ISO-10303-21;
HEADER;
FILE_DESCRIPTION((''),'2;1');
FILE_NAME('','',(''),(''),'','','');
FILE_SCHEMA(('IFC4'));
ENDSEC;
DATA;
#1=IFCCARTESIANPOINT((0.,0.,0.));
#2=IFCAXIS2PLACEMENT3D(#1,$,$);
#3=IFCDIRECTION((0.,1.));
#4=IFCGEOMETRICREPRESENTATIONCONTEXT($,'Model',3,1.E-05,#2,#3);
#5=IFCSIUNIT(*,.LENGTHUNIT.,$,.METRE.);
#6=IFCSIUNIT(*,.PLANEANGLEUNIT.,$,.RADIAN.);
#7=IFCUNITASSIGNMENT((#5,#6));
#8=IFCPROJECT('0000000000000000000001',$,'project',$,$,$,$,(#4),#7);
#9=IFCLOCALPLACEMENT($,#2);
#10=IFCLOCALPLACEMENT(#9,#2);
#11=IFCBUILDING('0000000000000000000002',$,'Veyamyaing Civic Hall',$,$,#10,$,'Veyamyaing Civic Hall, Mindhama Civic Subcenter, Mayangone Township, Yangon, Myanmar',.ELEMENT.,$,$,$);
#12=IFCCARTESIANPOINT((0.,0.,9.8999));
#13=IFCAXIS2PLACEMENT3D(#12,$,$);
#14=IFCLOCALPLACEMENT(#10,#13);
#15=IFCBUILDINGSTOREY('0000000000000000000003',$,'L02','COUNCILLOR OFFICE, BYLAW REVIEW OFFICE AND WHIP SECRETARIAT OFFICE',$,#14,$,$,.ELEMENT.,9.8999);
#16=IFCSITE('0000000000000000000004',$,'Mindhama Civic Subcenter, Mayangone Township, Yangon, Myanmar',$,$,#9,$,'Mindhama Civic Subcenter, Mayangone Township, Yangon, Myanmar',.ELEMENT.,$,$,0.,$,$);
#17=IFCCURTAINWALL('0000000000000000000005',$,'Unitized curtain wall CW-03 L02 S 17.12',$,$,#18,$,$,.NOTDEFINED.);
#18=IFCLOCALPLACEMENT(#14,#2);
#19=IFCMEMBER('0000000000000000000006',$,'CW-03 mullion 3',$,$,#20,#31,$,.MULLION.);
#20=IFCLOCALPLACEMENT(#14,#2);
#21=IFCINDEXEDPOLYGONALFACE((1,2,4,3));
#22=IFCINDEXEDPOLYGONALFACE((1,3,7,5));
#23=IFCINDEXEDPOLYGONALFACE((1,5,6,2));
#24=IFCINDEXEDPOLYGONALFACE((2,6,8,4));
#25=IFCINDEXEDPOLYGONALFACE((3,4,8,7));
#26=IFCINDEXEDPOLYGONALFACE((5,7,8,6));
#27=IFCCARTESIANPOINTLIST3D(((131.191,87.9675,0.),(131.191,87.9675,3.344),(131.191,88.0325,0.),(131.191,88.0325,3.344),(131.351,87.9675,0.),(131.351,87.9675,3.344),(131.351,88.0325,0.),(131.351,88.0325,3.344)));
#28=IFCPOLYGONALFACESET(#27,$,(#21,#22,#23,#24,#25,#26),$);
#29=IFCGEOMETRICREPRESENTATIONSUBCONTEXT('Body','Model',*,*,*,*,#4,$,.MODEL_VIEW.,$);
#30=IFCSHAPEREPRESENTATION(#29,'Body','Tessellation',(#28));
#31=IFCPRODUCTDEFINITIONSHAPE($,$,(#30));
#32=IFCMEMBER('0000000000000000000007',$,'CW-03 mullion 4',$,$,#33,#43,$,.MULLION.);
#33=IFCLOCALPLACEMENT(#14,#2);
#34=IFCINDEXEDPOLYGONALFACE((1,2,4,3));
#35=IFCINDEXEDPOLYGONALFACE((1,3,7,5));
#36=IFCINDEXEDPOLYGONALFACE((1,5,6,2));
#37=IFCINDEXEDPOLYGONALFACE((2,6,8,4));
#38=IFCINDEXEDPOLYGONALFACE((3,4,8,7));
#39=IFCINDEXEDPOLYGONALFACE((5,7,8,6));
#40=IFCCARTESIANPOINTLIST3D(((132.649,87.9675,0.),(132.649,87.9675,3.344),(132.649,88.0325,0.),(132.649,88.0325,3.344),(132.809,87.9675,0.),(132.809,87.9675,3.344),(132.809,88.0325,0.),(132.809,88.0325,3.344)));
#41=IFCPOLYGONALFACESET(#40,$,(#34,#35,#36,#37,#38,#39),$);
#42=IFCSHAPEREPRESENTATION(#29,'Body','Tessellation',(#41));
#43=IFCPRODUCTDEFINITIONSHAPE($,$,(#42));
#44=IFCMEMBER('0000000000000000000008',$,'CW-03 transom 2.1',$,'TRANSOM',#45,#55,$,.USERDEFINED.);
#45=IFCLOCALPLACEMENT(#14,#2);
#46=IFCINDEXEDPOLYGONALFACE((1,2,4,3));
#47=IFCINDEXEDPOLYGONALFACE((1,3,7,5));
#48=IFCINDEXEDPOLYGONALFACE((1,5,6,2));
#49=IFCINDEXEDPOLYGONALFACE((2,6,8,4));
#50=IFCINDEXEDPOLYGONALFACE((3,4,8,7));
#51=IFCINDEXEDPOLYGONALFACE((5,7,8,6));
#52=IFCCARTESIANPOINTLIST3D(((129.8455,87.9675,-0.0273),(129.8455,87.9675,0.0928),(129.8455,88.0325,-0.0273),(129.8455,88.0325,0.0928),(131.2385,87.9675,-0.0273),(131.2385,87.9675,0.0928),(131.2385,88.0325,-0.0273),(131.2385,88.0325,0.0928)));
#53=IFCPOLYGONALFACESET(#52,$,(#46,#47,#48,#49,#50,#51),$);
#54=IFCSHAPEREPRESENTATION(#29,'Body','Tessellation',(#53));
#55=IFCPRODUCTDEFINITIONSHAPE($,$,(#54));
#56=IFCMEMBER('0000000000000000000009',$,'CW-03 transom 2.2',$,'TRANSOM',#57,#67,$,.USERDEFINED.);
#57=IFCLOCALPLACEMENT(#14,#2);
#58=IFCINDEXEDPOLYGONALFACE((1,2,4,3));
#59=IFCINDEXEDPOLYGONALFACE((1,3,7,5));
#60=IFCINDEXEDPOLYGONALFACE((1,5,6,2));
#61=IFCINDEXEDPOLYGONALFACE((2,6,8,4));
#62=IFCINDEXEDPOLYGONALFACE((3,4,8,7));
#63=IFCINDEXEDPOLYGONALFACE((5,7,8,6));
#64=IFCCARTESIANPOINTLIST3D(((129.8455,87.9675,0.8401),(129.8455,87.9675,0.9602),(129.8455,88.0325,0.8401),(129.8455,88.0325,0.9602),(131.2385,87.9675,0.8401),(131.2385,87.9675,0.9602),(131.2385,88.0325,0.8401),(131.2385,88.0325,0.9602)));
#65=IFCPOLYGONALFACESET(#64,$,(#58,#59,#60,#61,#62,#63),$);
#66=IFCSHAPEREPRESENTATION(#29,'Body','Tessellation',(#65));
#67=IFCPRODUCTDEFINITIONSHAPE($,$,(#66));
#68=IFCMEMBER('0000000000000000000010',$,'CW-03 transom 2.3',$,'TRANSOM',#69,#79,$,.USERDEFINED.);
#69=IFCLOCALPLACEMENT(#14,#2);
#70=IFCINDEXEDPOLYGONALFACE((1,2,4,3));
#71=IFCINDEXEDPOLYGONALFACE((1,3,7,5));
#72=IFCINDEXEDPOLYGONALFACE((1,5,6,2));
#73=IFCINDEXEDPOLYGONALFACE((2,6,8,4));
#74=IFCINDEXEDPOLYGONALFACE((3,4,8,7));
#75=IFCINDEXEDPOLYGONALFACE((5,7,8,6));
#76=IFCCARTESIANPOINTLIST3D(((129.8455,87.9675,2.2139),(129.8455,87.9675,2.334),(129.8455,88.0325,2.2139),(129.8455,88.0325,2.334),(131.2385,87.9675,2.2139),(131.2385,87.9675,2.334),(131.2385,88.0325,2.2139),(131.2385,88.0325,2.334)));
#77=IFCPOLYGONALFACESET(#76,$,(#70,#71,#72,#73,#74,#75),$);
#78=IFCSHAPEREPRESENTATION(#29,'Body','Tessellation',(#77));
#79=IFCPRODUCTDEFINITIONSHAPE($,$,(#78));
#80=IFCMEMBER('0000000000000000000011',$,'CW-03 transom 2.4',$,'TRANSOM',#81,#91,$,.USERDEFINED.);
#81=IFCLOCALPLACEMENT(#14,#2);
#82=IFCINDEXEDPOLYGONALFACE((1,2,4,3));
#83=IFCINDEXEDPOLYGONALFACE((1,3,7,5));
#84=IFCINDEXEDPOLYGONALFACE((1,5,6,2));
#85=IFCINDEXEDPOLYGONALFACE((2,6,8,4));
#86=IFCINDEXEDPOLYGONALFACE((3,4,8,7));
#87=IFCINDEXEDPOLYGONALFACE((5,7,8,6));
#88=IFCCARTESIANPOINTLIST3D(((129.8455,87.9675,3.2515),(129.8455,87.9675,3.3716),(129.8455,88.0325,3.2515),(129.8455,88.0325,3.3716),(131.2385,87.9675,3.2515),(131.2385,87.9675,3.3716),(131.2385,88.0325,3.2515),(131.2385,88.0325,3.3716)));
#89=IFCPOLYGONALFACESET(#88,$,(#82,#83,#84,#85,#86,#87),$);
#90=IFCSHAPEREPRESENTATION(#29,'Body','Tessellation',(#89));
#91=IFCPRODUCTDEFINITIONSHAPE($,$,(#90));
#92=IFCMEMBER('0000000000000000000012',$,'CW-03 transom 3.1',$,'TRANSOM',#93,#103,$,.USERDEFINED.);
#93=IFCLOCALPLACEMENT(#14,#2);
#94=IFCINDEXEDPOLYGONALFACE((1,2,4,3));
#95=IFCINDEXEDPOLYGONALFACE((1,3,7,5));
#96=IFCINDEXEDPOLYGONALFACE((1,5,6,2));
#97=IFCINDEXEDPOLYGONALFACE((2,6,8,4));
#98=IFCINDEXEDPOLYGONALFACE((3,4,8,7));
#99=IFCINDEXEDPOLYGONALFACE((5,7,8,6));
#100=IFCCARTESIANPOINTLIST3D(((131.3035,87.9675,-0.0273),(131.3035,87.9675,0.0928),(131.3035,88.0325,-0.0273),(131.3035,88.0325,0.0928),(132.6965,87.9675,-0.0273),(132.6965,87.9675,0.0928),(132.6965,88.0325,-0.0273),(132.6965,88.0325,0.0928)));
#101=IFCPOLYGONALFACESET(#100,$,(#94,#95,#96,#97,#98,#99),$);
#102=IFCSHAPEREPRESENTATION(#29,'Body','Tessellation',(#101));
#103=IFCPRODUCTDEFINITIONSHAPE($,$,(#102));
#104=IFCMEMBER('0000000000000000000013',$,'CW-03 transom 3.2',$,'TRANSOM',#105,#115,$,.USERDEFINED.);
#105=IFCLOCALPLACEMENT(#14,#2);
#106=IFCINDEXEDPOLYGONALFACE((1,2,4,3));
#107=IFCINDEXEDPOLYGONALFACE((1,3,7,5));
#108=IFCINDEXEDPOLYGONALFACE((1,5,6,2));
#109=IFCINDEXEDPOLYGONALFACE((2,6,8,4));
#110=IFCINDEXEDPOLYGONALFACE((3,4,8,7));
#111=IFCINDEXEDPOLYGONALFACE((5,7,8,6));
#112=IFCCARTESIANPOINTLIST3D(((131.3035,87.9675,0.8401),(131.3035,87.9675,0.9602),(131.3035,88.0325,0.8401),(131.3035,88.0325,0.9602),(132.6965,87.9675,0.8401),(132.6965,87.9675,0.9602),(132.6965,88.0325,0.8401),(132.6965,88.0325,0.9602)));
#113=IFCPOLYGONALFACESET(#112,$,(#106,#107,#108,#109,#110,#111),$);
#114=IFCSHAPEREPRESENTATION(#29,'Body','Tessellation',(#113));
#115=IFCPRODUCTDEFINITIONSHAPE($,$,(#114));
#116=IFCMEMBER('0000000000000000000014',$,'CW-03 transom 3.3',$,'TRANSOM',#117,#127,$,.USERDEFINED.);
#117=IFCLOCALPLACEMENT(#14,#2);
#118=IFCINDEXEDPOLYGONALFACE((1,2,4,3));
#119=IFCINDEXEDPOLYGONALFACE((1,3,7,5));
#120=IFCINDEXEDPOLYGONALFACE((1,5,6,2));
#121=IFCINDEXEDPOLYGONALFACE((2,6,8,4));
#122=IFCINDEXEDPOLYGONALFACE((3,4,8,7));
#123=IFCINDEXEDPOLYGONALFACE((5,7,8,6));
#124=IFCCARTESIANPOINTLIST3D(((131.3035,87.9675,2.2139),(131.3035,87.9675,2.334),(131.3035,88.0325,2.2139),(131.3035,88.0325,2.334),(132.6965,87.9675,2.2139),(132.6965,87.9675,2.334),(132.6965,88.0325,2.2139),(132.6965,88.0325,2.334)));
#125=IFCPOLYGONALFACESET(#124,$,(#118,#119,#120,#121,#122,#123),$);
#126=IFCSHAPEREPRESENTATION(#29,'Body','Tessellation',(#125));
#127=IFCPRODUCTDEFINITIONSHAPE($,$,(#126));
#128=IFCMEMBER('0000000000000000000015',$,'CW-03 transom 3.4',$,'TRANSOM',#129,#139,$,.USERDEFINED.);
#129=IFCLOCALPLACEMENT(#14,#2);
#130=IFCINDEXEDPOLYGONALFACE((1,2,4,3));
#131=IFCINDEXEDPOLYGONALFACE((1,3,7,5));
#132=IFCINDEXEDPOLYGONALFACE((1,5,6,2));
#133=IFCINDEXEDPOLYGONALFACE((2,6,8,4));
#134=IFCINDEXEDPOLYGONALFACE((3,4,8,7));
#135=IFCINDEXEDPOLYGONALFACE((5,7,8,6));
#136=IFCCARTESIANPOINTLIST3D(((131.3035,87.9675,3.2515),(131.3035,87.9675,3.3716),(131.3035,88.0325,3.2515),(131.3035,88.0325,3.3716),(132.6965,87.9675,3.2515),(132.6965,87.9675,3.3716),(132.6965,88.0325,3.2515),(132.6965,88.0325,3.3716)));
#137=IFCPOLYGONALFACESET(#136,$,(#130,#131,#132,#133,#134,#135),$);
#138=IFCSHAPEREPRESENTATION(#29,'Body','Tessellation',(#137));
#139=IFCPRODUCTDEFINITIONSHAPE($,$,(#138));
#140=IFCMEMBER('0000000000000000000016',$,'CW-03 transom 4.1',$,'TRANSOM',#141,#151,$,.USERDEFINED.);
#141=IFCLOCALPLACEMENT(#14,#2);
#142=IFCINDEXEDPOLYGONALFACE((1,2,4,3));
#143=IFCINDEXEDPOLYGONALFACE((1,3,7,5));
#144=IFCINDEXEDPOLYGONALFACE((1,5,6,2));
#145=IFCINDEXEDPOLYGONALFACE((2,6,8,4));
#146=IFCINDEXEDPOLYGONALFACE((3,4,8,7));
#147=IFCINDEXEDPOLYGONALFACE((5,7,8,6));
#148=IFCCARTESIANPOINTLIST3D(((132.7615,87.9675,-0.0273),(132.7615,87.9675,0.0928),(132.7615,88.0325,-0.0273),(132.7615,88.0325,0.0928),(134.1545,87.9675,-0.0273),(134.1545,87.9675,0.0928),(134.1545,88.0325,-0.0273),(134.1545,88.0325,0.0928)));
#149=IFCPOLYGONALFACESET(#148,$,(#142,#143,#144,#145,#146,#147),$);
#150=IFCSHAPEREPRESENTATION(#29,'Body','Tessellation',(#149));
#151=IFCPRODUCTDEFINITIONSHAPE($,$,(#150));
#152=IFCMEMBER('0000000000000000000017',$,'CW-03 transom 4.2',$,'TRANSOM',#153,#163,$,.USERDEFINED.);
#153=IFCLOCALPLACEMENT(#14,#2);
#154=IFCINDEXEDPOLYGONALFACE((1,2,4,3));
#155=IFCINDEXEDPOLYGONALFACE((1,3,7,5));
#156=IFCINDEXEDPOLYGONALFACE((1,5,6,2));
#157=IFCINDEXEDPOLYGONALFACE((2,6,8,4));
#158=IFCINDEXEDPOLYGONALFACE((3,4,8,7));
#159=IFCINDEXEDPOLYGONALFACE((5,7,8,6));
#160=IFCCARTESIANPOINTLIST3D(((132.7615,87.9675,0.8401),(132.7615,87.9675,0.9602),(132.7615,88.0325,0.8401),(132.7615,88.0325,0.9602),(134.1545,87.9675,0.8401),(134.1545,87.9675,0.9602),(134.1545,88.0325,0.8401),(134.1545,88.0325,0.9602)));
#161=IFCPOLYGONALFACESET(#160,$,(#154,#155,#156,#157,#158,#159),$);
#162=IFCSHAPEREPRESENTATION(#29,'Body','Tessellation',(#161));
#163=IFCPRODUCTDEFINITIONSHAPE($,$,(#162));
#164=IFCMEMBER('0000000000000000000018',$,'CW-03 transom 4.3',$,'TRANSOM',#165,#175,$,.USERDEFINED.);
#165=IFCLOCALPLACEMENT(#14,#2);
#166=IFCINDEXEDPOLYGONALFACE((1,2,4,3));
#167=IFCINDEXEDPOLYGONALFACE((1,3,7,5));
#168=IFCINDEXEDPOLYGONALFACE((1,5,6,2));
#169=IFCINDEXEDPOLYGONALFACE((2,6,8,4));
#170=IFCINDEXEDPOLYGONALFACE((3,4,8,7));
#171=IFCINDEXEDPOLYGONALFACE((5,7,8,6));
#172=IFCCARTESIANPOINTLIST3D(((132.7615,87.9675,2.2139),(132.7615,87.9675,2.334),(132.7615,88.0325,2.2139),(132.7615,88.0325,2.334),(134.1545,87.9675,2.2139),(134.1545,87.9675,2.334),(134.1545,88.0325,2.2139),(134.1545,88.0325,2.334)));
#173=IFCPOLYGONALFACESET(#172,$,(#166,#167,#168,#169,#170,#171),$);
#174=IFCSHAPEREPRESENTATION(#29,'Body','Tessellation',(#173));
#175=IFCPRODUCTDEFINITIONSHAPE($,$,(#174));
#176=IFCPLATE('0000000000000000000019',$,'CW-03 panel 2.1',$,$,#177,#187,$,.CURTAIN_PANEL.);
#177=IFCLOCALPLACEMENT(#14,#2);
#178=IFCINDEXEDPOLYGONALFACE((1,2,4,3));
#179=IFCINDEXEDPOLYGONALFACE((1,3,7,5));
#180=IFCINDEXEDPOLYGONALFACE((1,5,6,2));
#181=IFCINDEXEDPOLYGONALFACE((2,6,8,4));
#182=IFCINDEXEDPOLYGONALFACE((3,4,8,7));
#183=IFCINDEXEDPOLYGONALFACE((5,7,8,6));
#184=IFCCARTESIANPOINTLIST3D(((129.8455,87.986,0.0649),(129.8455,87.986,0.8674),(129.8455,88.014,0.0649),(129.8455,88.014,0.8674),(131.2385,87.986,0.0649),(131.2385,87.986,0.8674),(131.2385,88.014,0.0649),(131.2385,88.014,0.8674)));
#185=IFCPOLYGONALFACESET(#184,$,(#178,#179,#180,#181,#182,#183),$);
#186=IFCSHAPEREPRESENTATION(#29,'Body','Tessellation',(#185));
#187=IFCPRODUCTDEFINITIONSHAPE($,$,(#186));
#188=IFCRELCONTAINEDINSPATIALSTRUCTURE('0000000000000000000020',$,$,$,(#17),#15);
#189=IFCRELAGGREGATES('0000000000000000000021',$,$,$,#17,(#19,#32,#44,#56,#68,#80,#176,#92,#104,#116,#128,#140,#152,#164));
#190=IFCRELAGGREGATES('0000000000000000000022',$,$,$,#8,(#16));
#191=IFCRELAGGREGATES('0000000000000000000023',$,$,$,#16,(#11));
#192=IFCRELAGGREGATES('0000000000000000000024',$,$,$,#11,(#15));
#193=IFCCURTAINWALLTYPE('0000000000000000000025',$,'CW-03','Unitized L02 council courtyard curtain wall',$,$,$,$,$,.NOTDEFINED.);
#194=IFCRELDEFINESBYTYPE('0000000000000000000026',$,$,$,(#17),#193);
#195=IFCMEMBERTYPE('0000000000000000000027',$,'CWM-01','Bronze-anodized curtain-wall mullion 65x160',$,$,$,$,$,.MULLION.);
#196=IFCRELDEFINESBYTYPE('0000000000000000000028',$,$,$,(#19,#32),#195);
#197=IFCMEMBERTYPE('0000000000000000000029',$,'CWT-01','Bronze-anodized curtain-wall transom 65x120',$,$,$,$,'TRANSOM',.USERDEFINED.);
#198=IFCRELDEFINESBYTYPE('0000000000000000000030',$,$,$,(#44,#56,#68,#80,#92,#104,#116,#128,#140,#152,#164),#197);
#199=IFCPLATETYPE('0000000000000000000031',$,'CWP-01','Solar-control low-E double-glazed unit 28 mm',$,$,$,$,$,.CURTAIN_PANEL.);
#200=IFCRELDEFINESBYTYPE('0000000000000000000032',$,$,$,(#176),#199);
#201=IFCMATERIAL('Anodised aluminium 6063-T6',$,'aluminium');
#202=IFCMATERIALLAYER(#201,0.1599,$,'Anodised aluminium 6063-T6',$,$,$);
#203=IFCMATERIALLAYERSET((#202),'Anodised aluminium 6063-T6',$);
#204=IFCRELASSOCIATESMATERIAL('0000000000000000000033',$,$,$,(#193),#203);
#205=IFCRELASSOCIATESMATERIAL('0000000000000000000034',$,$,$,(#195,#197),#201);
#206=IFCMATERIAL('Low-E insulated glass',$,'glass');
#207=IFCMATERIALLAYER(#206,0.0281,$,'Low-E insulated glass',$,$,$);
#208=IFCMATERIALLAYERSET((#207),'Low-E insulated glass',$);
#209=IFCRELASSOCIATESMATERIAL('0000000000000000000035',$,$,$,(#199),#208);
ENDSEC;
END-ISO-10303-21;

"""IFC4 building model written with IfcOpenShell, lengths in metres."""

from ifc_helpers import new_model, si_unit, direction, frame, origin, origin_2d, place, context, subcontext, project, spatial, rectangle, extrude, material, layer, layer_set, material_profile, profile_set, type_object, element, aggregate, save


model = new_model("IFC4")

# Units and contexts
model_context = context("Model", 3, precision=1e-05, world=origin(), true_north=direction((0.0, 1.0)))
body_context = subcontext(model_context, "Body", "Model", "MODEL_VIEW")
ifc_project = project(units=[si_unit("LENGTHUNIT", "METRE"), si_unit("PLANEANGLEUNIT", "RADIAN")], contexts=[model_context])

# Site, building, storey
site_placement = place(None, origin())
site = spatial("IfcSite", under=ifc_project, at=site_placement, Name="Mindhama Civic Subcenter, Mayangone Township, Yangon, Myanmar", LongName="Mindhama Civic Subcenter, Mayangone Township, Yangon, Myanmar", CompositionType="ELEMENT", RefElevation=0.0)
building_placement = place(site_placement, origin())
building = spatial("IfcBuilding", under=site, at=building_placement, Name="Veyamyaing Civic Hall", LongName="Veyamyaing Civic Hall, Mindhama Civic Subcenter, Mayangone Township, Yangon, Myanmar", CompositionType="ELEMENT")
storey_placement = place(building_placement, frame((0.0, 0.0, 9.8999)))
storey = spatial("IfcBuildingStorey", under=building, at=storey_placement, Name="L02", Description="COUNCILLOR OFFICE, BYLAW REVIEW OFFICE AND WHIP SECRETARIAT OFFICE", CompositionType="ELEMENT", Elevation=9.8999)

# Curtain wall, members, plate
ifc_material_1 = material(Name="Anodised aluminium 6063-T6", Category="aluminium")
ifc_layer_1 = layer(ifc_material_1, 0.1599, Name="Anodised aluminium 6063-T6")
ifc_layer_set_1 = layer_set([ifc_layer_1], Name="Anodised aluminium 6063-T6")
curtain_wall_type = type_object("IfcCurtainWallType", Name="CW-03", Description="Unitized L02 council courtyard curtain wall", PredefinedType="NOTDEFINED", material=ifc_layer_set_1)
curtain_wall_placement = place(storey_placement, origin())
curtain_wall = element("IfcCurtainWall", 1, at=curtain_wall_placement, inside=storey, type_object=curtain_wall_type, Name="Unitized curtain wall CW-03 L02 S 17.12", PredefinedType="NOTDEFINED")
ifc_material_profile_1 = material_profile(ifc_material_1, rectangle(XDim=0.0649, YDim=0.1599, at=origin_2d()), Name="ALU-MUL-65X160")
ifc_profile_set_1 = profile_set([ifc_material_profile_1], Name="Anodised aluminium 6063-T6")
member_type_1 = type_object("IfcMemberType", Name="CWM-01", Description="Bronze-anodized curtain-wall mullion 65x160", PredefinedType="MULLION", material=ifc_profile_set_1)
member_1_placement = place(storey_placement, frame((131.271, 88.0, 0.0), z_axis=(0.0, 0.0, 1.0), x_axis=(0.0, 1.0, 0.0)))
member_1 = element("IfcMember", 2, at=member_1_placement, type_object=member_type_1, Name="CW-03 mullion 3", PredefinedType="MULLION", context=body_context, shape_type="SweptSolid", body=[
    extrude(rectangle(XDim=0.0649, YDim=0.1599, at=origin_2d()), origin(), (0.0, 0.0, 1.0), 3.344),
])
member_2_placement = place(storey_placement, frame((132.729, 88.0, 0.0), z_axis=(0.0, 0.0, 1.0), x_axis=(0.0, 1.0, 0.0)))
member_2 = element("IfcMember", 3, at=member_2_placement, type_object=member_type_1, Name="CW-03 mullion 4", PredefinedType="MULLION", context=body_context, shape_type="SweptSolid", body=[
    extrude(rectangle(XDim=0.0649, YDim=0.1599, at=origin_2d()), origin(), (0.0, 0.0, 1.0), 3.344),
])
ifc_material_profile_2 = material_profile(ifc_material_1, rectangle(XDim=0.0649, YDim=0.1201, at=origin_2d()), Name="ALU-TRN-65X120")
ifc_profile_set_2 = profile_set([ifc_material_profile_2], Name="Anodised aluminium 6063-T6")
member_type_2 = type_object("IfcMemberType", Name="CWT-01", Description="Bronze-anodized curtain-wall transom 65x120", ElementType="TRANSOM", PredefinedType="USERDEFINED", material=ifc_profile_set_2)
member_3_placement = place(storey_placement, frame((129.8455, 88.0, 0.0327), z_axis=(1.0, 0.0, 0.0), x_axis=(0.0, 1.0, 0.0)))
member_3 = element("IfcMember", 4, at=member_3_placement, type_object=member_type_2, Name="CW-03 transom 2.1", ObjectType="TRANSOM", PredefinedType="USERDEFINED", context=body_context, shape_type="SweptSolid", body=[
    extrude(rectangle(XDim=0.0649, YDim=0.1201, at=origin_2d()), origin(), (0.0, 0.0, 1.0), 1.3931),
])
member_4_placement = place(storey_placement, frame((129.8455, 88.0, 0.9001), z_axis=(1.0, 0.0, 0.0), x_axis=(0.0, 1.0, 0.0)))
member_4 = element("IfcMember", 5, at=member_4_placement, type_object=member_type_2, Name="CW-03 transom 2.2", ObjectType="TRANSOM", PredefinedType="USERDEFINED", context=body_context, shape_type="SweptSolid", body=[
    extrude(rectangle(XDim=0.0649, YDim=0.1201, at=origin_2d()), origin(), (0.0, 0.0, 1.0), 1.3931),
])
member_5_placement = place(storey_placement, frame((129.8455, 88.0, 2.2739), z_axis=(1.0, 0.0, 0.0), x_axis=(0.0, 1.0, 0.0)))
member_5 = element("IfcMember", 6, at=member_5_placement, type_object=member_type_2, Name="CW-03 transom 2.3", ObjectType="TRANSOM", PredefinedType="USERDEFINED", context=body_context, shape_type="SweptSolid", body=[
    extrude(rectangle(XDim=0.0649, YDim=0.1201, at=origin_2d()), origin(), (0.0, 0.0, 1.0), 1.3931),
])
member_6_placement = place(storey_placement, frame((129.8455, 88.0, 3.3115), z_axis=(1.0, 0.0, 0.0), x_axis=(0.0, 1.0, 0.0)))
member_6 = element("IfcMember", 7, at=member_6_placement, type_object=member_type_2, Name="CW-03 transom 2.4", ObjectType="TRANSOM", PredefinedType="USERDEFINED", context=body_context, shape_type="SweptSolid", body=[
    extrude(rectangle(XDim=0.0649, YDim=0.1201, at=origin_2d()), origin(), (0.0, 0.0, 1.0), 1.3931),
])
member_7_placement = place(storey_placement, frame((131.3035, 88.0, 0.0327), z_axis=(1.0, 0.0, 0.0), x_axis=(0.0, 1.0, 0.0)))
member_7 = element("IfcMember", 8, at=member_7_placement, type_object=member_type_2, Name="CW-03 transom 3.1", ObjectType="TRANSOM", PredefinedType="USERDEFINED", context=body_context, shape_type="SweptSolid", body=[
    extrude(rectangle(XDim=0.0649, YDim=0.1201, at=origin_2d()), origin(), (0.0, 0.0, 1.0), 1.3931),
])
member_8_placement = place(storey_placement, frame((131.3035, 88.0, 0.9001), z_axis=(1.0, 0.0, 0.0), x_axis=(0.0, 1.0, 0.0)))
member_8 = element("IfcMember", 9, at=member_8_placement, type_object=member_type_2, Name="CW-03 transom 3.2", ObjectType="TRANSOM", PredefinedType="USERDEFINED", context=body_context, shape_type="SweptSolid", body=[
    extrude(rectangle(XDim=0.0649, YDim=0.1201, at=origin_2d()), origin(), (0.0, 0.0, 1.0), 1.3931),
])
member_9_placement = place(storey_placement, frame((131.3035, 88.0, 2.2739), z_axis=(1.0, 0.0, 0.0), x_axis=(0.0, 1.0, 0.0)))
member_9 = element("IfcMember", 10, at=member_9_placement, type_object=member_type_2, Name="CW-03 transom 3.3", ObjectType="TRANSOM", PredefinedType="USERDEFINED", context=body_context, shape_type="SweptSolid", body=[
    extrude(rectangle(XDim=0.0649, YDim=0.1201, at=origin_2d()), origin(), (0.0, 0.0, 1.0), 1.3931),
])
member_10_placement = place(storey_placement, frame((131.3035, 88.0, 3.3115), z_axis=(1.0, 0.0, 0.0), x_axis=(0.0, 1.0, 0.0)))
member_10 = element("IfcMember", 11, at=member_10_placement, type_object=member_type_2, Name="CW-03 transom 3.4", ObjectType="TRANSOM", PredefinedType="USERDEFINED", context=body_context, shape_type="SweptSolid", body=[
    extrude(rectangle(XDim=0.0649, YDim=0.1201, at=origin_2d()), origin(), (0.0, 0.0, 1.0), 1.3931),
])
member_11_placement = place(storey_placement, frame((132.7615, 88.0, 0.0327), z_axis=(1.0, 0.0, 0.0), x_axis=(0.0, 1.0, 0.0)))
member_11 = element("IfcMember", 12, at=member_11_placement, type_object=member_type_2, Name="CW-03 transom 4.1", ObjectType="TRANSOM", PredefinedType="USERDEFINED", context=body_context, shape_type="SweptSolid", body=[
    extrude(rectangle(XDim=0.0649, YDim=0.1201, at=origin_2d()), origin(), (0.0, 0.0, 1.0), 1.3931),
])
member_12_placement = place(storey_placement, frame((132.7615, 88.0, 0.9001), z_axis=(1.0, 0.0, 0.0), x_axis=(0.0, 1.0, 0.0)))
member_12 = element("IfcMember", 13, at=member_12_placement, type_object=member_type_2, Name="CW-03 transom 4.2", ObjectType="TRANSOM", PredefinedType="USERDEFINED", context=body_context, shape_type="SweptSolid", body=[
    extrude(rectangle(XDim=0.0649, YDim=0.1201, at=origin_2d()), origin(), (0.0, 0.0, 1.0), 1.3931),
])
member_13_placement = place(storey_placement, frame((132.7615, 88.0, 2.2739), z_axis=(1.0, 0.0, 0.0), x_axis=(0.0, 1.0, 0.0)))
member_13 = element("IfcMember", 14, at=member_13_placement, type_object=member_type_2, Name="CW-03 transom 4.3", ObjectType="TRANSOM", PredefinedType="USERDEFINED", context=body_context, shape_type="SweptSolid", body=[
    extrude(rectangle(XDim=0.0649, YDim=0.1201, at=origin_2d()), origin(), (0.0, 0.0, 1.0), 1.3931),
])
ifc_material_2 = material(Name="Low-E insulated glass", Category="glass")
ifc_layer_2 = layer(ifc_material_2, 0.0281, Name="Low-E insulated glass")
ifc_layer_set_2 = layer_set([ifc_layer_2], Name="Low-E insulated glass")
plate_type = type_object("IfcPlateType", Name="CWP-01", Description="Solar-control low-E double-glazed unit 28 mm", PredefinedType="CURTAIN_PANEL", material=ifc_layer_set_2)
plate_1_placement = place(storey_placement, frame((130.542, 88.0, 0.0649), z_axis=(0.0, 0.0, 1.0), x_axis=(1.0, 0.0, 0.0)))
plate_1 = element("IfcPlate", 15, at=plate_1_placement, type_object=plate_type, Name="CW-03 panel 2.1", PredefinedType="CURTAIN_PANEL", context=body_context, shape_type="SweptSolid", body=[
    extrude(rectangle(XDim=1.3931, YDim=0.0281, at=origin_2d()), origin(), (0.0, 0.0, 1.0), 0.8025),
])
aggregate(curtain_wall, [member_1, member_2, member_3, member_4, member_5, member_6, plate_1, member_7, member_8, member_9, member_10, member_11, member_12, member_13])

save(model, "model.ifc")
